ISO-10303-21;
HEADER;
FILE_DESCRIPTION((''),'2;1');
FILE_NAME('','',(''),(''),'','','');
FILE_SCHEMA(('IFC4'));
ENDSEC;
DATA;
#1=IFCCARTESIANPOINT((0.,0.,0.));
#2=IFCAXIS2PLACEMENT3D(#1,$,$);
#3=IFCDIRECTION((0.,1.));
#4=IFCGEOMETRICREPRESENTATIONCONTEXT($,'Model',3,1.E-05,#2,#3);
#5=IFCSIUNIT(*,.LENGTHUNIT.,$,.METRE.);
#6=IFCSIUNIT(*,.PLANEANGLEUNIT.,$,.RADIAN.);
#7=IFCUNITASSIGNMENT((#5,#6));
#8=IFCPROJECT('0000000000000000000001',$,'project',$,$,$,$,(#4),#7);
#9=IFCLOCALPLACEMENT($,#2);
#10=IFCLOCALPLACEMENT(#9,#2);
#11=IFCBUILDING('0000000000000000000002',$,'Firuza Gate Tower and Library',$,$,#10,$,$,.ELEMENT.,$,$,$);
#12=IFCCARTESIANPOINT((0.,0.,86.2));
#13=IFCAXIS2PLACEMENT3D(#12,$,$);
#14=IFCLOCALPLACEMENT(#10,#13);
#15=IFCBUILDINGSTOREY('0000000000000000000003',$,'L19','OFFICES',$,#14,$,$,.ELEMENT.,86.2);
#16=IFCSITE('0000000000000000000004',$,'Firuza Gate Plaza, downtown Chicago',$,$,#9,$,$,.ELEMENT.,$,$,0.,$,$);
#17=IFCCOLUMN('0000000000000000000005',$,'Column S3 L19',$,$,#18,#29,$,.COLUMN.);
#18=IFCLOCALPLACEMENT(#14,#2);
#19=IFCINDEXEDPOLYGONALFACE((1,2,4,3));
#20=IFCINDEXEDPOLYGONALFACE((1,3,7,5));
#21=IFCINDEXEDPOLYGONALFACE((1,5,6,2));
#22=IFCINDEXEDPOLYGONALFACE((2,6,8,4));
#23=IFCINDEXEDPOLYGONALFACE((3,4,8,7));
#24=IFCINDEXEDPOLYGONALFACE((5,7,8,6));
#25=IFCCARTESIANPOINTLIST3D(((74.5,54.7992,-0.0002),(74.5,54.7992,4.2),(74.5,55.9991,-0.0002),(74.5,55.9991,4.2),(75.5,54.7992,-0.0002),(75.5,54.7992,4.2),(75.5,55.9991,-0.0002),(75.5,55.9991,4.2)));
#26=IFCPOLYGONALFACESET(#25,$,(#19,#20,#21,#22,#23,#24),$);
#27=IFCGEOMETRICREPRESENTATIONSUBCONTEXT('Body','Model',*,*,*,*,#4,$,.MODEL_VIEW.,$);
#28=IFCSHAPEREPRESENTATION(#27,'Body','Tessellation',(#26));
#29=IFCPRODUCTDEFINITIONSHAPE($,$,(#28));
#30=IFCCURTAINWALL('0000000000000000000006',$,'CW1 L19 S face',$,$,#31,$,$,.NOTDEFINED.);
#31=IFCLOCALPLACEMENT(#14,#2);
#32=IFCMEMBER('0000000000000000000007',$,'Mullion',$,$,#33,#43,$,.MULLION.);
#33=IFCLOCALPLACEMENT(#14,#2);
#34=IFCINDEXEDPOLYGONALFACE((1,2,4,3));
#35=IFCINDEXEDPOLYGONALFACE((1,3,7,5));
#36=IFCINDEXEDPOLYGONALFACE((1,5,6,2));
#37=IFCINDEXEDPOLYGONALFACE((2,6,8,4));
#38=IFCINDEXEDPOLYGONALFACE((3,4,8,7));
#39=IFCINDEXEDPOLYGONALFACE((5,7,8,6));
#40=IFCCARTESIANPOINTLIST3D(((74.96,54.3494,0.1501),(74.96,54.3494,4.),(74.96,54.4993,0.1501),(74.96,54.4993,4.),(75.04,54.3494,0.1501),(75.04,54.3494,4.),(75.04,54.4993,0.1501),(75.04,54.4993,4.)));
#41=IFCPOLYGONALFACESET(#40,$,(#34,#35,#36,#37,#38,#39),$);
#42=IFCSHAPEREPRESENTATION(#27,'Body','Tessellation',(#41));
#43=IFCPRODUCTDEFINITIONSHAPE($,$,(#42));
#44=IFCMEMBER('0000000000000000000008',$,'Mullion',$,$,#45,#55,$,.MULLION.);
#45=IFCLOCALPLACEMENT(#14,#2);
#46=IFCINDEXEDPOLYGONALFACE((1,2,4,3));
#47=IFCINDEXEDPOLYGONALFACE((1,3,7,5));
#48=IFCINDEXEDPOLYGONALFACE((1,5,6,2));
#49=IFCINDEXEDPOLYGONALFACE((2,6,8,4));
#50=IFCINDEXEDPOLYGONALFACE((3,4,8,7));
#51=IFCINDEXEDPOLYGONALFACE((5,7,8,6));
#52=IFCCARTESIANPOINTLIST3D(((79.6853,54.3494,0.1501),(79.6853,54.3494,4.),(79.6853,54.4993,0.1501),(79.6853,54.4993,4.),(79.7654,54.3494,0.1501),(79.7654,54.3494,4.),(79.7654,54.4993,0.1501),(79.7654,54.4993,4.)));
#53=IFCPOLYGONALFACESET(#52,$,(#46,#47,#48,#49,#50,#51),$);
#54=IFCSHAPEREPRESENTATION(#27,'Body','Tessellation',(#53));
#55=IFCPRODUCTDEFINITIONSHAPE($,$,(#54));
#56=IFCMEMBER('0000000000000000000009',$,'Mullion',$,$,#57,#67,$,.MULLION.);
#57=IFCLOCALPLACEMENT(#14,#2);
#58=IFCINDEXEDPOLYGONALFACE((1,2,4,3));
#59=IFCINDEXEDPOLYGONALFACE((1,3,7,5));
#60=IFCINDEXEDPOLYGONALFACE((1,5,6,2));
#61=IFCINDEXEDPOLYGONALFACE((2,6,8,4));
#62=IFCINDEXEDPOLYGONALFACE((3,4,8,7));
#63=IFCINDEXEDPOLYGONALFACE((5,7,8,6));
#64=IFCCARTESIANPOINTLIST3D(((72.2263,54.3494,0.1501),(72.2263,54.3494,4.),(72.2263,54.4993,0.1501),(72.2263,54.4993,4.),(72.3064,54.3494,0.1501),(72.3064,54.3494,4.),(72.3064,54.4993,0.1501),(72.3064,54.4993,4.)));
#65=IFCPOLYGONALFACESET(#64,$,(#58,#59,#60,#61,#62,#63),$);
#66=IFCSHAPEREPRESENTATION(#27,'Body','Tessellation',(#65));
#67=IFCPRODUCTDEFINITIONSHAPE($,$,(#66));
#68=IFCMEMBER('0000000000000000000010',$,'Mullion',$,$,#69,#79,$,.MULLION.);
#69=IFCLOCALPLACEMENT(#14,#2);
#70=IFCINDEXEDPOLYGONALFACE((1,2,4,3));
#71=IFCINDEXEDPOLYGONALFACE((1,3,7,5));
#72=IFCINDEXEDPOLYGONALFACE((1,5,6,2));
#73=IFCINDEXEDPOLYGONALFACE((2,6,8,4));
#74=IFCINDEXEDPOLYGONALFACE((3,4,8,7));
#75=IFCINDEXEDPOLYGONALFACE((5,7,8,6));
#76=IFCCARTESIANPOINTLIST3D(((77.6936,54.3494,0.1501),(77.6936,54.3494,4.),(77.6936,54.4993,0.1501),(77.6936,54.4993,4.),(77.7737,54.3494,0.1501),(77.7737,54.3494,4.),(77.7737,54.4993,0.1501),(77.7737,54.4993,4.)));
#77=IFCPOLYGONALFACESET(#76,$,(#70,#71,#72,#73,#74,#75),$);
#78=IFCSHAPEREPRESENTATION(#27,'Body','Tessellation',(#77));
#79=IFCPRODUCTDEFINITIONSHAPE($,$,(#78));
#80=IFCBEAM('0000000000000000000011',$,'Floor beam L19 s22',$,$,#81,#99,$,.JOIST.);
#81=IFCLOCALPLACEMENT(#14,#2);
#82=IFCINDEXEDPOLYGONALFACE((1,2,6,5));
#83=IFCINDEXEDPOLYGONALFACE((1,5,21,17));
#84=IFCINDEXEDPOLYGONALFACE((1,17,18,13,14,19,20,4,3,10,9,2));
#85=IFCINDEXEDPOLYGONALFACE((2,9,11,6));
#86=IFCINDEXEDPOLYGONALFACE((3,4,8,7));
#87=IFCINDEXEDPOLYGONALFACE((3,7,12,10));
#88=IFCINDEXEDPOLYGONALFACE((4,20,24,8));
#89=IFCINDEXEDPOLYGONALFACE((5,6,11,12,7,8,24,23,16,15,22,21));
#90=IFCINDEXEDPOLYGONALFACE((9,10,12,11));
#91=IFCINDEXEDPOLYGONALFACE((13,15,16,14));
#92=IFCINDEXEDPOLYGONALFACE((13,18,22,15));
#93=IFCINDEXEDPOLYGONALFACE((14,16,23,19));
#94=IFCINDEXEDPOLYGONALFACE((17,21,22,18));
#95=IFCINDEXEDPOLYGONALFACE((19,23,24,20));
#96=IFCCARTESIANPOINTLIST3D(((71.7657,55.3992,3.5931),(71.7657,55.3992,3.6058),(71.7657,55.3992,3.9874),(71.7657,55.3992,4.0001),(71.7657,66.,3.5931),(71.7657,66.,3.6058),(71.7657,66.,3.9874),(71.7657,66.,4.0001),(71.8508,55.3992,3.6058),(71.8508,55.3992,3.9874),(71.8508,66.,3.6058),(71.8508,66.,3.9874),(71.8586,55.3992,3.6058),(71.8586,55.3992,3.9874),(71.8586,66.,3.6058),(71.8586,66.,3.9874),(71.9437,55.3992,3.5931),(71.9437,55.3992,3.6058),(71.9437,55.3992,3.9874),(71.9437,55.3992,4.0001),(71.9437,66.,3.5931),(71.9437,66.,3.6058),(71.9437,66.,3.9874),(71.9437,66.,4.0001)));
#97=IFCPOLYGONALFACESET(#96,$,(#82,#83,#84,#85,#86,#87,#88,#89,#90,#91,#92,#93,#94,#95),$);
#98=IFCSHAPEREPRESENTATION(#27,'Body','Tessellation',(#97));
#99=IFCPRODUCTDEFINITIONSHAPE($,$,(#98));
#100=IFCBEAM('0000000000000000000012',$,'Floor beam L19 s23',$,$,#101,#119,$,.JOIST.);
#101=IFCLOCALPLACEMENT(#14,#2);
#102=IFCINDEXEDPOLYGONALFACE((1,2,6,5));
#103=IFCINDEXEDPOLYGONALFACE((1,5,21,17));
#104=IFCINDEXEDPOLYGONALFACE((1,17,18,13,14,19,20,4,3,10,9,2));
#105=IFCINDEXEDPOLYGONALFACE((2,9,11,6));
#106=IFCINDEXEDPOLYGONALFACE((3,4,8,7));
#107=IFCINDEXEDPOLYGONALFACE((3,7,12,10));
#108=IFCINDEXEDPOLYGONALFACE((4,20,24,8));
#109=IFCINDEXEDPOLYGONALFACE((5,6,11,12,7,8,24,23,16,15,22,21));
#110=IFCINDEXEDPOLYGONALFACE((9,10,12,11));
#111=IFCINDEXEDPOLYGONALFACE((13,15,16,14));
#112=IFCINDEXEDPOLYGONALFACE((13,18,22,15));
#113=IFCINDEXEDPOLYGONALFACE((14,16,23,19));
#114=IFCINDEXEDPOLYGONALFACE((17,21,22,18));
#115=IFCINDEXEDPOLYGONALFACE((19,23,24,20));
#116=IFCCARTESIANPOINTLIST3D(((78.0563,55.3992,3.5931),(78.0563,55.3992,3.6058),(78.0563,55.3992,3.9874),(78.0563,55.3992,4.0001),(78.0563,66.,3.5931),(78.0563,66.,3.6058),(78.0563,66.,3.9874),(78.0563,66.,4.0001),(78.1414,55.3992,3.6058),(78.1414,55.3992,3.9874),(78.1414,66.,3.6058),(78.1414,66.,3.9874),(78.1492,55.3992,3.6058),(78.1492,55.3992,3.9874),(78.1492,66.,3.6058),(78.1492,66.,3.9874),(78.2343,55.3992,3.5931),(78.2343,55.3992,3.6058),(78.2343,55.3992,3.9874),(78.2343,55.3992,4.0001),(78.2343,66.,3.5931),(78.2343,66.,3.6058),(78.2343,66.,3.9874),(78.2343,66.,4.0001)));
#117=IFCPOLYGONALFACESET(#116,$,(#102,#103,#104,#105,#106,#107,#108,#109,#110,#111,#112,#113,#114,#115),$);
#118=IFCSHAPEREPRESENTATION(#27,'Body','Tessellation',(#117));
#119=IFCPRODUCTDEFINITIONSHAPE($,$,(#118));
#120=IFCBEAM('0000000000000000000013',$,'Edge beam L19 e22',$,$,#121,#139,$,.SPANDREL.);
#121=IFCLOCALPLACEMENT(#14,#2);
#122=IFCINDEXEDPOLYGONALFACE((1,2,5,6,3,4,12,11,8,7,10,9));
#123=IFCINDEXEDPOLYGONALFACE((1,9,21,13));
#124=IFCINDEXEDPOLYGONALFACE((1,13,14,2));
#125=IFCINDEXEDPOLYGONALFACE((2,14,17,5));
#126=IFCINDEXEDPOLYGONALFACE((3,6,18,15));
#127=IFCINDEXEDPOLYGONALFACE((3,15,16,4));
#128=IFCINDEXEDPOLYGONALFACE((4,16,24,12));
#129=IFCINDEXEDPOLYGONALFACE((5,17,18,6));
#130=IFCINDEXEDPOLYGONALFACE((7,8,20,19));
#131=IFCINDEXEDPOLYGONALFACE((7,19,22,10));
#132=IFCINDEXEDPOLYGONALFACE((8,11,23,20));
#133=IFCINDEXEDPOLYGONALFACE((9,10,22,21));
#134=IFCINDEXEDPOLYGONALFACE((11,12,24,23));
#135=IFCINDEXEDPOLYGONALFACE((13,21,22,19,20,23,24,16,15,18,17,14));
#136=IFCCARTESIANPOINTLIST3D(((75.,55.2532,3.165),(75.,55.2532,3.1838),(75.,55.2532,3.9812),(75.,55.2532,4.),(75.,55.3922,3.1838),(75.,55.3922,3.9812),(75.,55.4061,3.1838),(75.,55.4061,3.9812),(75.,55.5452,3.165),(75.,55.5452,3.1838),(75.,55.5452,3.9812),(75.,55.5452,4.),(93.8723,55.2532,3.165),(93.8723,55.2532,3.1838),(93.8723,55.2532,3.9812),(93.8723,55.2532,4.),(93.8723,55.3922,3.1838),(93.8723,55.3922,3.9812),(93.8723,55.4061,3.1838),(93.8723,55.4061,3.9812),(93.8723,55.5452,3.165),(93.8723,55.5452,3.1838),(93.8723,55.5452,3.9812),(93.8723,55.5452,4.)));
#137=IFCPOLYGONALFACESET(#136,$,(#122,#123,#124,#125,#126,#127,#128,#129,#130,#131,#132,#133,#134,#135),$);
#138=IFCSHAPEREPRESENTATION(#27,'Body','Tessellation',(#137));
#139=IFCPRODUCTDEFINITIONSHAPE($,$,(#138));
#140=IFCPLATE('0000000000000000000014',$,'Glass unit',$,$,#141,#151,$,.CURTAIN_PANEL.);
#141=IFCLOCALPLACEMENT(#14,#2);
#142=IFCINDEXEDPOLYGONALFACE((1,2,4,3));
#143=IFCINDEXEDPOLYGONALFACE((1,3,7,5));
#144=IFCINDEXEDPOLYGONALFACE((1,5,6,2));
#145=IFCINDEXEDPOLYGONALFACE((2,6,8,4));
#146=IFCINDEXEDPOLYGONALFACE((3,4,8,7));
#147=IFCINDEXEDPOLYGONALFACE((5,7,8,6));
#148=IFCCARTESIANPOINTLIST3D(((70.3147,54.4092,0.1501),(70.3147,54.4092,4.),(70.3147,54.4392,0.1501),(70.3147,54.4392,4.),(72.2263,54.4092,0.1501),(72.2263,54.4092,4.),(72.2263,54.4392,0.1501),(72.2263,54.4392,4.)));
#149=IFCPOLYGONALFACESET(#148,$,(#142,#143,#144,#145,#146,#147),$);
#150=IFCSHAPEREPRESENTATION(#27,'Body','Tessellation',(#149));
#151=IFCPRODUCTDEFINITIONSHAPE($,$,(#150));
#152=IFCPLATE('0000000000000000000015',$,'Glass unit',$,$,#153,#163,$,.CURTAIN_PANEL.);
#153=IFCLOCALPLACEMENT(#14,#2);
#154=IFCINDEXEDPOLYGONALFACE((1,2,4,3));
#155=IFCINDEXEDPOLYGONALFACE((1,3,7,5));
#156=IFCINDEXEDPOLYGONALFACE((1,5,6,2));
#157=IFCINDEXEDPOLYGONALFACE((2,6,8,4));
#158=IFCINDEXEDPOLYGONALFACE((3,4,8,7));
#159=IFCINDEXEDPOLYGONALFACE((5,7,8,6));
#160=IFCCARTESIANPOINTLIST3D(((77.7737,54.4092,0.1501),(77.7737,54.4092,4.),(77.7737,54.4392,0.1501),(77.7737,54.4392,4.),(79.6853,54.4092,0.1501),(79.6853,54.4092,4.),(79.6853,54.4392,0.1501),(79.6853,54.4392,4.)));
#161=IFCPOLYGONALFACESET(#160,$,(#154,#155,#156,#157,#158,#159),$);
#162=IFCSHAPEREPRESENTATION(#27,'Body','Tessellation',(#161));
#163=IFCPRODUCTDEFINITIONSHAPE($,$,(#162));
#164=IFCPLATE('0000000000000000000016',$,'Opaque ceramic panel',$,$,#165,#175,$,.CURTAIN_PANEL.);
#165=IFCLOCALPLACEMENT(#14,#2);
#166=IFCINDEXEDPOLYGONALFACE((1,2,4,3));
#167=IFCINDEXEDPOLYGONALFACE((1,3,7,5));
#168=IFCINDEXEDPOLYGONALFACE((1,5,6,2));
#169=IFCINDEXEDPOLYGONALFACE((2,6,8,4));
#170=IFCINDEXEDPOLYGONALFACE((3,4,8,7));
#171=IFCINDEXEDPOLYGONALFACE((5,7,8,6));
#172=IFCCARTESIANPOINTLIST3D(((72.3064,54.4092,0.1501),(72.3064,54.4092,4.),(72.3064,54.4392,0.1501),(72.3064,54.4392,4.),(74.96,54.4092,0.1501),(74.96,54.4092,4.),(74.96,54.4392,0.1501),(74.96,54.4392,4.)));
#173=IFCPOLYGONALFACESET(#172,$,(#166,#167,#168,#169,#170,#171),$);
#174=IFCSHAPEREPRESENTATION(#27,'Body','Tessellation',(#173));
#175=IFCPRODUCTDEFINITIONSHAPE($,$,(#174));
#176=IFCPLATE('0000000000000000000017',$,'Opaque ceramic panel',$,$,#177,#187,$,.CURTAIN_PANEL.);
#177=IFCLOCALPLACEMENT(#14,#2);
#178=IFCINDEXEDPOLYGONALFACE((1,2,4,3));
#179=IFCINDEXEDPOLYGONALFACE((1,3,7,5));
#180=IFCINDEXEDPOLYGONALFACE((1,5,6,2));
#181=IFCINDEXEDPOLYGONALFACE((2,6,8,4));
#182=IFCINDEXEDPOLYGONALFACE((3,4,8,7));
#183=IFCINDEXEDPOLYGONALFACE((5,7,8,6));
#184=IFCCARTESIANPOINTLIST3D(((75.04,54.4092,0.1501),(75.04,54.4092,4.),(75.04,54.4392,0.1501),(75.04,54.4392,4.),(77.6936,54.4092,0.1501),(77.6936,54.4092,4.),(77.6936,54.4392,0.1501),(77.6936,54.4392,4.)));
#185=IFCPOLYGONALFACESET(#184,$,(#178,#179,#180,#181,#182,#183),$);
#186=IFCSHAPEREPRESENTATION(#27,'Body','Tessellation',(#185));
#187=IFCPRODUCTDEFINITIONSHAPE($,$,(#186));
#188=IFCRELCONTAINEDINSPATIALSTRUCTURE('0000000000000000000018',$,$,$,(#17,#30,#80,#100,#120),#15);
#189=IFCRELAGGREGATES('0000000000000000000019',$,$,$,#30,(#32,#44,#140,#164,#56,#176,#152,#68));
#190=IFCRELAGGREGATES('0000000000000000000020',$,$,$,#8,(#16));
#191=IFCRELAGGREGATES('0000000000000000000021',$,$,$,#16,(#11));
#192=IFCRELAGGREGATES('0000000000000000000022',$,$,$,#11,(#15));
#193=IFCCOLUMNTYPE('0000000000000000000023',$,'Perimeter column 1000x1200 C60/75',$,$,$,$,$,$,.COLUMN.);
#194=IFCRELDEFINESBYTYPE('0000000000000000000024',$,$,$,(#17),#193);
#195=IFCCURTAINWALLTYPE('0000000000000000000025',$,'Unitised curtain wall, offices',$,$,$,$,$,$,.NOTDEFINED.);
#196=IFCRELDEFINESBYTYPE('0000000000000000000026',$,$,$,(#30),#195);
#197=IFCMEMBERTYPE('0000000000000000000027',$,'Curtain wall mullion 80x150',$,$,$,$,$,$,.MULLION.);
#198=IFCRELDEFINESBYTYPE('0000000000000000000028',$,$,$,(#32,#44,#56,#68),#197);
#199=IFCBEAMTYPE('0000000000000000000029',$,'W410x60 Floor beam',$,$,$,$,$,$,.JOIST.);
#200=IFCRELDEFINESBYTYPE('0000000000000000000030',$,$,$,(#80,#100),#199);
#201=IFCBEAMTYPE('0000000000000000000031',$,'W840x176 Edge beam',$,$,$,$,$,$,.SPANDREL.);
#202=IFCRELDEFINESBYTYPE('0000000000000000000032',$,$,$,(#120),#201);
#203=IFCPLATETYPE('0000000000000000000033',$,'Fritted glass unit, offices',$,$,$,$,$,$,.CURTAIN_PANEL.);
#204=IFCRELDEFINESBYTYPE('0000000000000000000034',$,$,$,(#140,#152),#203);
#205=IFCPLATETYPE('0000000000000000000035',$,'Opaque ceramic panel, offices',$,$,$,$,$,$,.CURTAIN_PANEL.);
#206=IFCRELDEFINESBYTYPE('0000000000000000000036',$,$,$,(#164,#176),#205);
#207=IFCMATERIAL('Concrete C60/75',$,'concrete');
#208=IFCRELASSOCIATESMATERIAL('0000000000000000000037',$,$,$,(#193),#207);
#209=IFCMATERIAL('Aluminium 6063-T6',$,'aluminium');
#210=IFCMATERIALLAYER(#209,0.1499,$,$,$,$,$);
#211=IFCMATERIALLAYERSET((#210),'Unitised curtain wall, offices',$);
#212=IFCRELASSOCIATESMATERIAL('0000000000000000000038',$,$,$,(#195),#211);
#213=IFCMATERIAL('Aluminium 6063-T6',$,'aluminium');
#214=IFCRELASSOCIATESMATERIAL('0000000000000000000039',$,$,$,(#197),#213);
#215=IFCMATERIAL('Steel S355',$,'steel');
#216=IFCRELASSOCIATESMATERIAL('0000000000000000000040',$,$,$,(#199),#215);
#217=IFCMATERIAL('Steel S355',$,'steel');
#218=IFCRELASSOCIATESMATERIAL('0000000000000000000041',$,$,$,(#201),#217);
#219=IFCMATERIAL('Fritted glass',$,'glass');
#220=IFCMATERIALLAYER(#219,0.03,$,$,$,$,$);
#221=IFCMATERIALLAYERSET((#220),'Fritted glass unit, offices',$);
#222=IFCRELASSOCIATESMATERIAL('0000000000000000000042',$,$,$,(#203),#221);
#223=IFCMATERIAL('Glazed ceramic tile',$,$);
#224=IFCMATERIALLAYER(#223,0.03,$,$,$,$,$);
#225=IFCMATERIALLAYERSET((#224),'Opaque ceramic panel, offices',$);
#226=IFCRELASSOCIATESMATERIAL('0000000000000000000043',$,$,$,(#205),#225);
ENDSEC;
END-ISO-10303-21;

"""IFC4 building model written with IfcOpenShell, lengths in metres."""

from ifc_helpers import new_model, si_unit, direction, frame, origin, origin_2d, place, context, subcontext, project, spatial, polyline, rectangle, i_section, outline, extrude, material, layer, layer_set, material_profile, profile_set, type_object, element, aggregate, save


model = new_model("IFC4")

# Units and contexts
model_context = context("Model", 3, precision=1e-05, world=origin(), true_north=direction((0.0, 1.0)))
body_context = subcontext(model_context, "Body", "Model", "MODEL_VIEW")
ifc_project = project(units=[si_unit("LENGTHUNIT", "METRE"), si_unit("PLANEANGLEUNIT", "RADIAN")], contexts=[model_context])

# Site, building, storey
site_placement = place(None, origin())
site = spatial("IfcSite", under=ifc_project, at=site_placement, Name="Firuza Gate Plaza, downtown Chicago", CompositionType="ELEMENT", RefElevation=0.0)
building_placement = place(site_placement, origin())
building = spatial("IfcBuilding", under=site, at=building_placement, Name="Firuza Gate Tower and Library", CompositionType="ELEMENT")
storey_placement = place(building_placement, frame((0.0, 0.0, 86.2)))
storey = spatial("IfcBuildingStorey", under=building, at=storey_placement, Name="L19", Description="OFFICES", CompositionType="ELEMENT", Elevation=86.2)

# Column
ifc_material_1 = material(Name="Concrete C60/75", Category="concrete")
ifc_material_profile_1 = material_profile(ifc_material_1, rectangle(XDim=1.0, YDim=1.2, at=origin_2d()))
ifc_profile_set_1 = profile_set([ifc_material_profile_1], Name="Concrete C60/75")
column_type = type_object("IfcColumnType", Name="Perimeter column 1000x1200 C60/75", PredefinedType="COLUMN", material=ifc_profile_set_1)
column_placement = place(storey_placement, frame((75.0, 55.3992, -0.0002), z_axis=(0.0, 0.0, 1.0), x_axis=(1.0, 0.0, 0.0)))
element("IfcColumn", 1, at=column_placement, inside=storey, type_object=column_type, Name="Column S3 L19", PredefinedType="COLUMN", context=body_context, shape_type="SweptSolid", body=[
    extrude(rectangle(XDim=1.0, YDim=1.2, at=origin_2d()), origin(), (0.0, 0.0, 1.0), 4.2002),
])

# Curtain wall, members
ifc_material_2 = material(Name="Aluminium 6063-T6", Category="aluminium")
ifc_layer_1 = layer(ifc_material_2, 0.1499)
ifc_layer_set_1 = layer_set([ifc_layer_1], Name="Unitised curtain wall, offices")
curtain_wall_type = type_object("IfcCurtainWallType", Name="Unitised curtain wall, offices", PredefinedType="NOTDEFINED", material=ifc_layer_set_1)
curtain_wall_placement = place(storey_placement, origin())
curtain_wall = element("IfcCurtainWall", 2, at=curtain_wall_placement, inside=storey, type_object=curtain_wall_type, Name="CW1 L19 S face", PredefinedType="NOTDEFINED")
ifc_material_3 = material(Name="Aluminium 6063-T6", Category="aluminium")
ifc_material_profile_2 = material_profile(ifc_material_3, rectangle(XDim=0.1499, YDim=0.0801, at=origin_2d()))
ifc_profile_set_2 = profile_set([ifc_material_profile_2], Name="Aluminium 6063-T6")
member_type = type_object("IfcMemberType", Name="Curtain wall mullion 80x150", PredefinedType="MULLION", material=ifc_profile_set_2)
member_1_placement = place(storey_placement, frame((75.0, 54.4243, 0.1501), z_axis=(0.0, 0.0, 1.0), x_axis=(0.0, 1.0, 0.0)))
member_1 = element("IfcMember", 3, at=member_1_placement, type_object=member_type, Name="Mullion", PredefinedType="MULLION", context=body_context, shape_type="SweptSolid", body=[
    extrude(rectangle(XDim=0.1499, YDim=0.0801, at=origin_2d()), origin(), (0.0, 0.0, 1.0), 3.8499),
])
member_2_placement = place(storey_placement, frame((79.7253, 54.4243, 0.1501), z_axis=(0.0, 0.0, 1.0), x_axis=(0.0, 1.0, 0.0)))
member_2 = element("IfcMember", 4, at=member_2_placement, type_object=member_type, Name="Mullion", PredefinedType="MULLION", context=body_context, shape_type="SweptSolid", body=[
    extrude(rectangle(XDim=0.1499, YDim=0.0801, at=origin_2d()), origin(), (0.0, 0.0, 1.0), 3.8499),
])
member_3_placement = place(storey_placement, frame((72.2664, 54.4243, 0.1501), z_axis=(0.0, 0.0, 1.0), x_axis=(0.0, 1.0, 0.0)))
member_3 = element("IfcMember", 5, at=member_3_placement, type_object=member_type, Name="Mullion", PredefinedType="MULLION", context=body_context, shape_type="SweptSolid", body=[
    extrude(rectangle(XDim=0.1499, YDim=0.0801, at=origin_2d()), origin(), (0.0, 0.0, 1.0), 3.8499),
])
member_4_placement = place(storey_placement, frame((77.7336, 54.4243, 0.1501), z_axis=(0.0, 0.0, 1.0), x_axis=(0.0, 1.0, 0.0)))
member_4 = element("IfcMember", 6, at=member_4_placement, type_object=member_type, Name="Mullion", PredefinedType="MULLION", context=body_context, shape_type="SweptSolid", body=[
    extrude(rectangle(XDim=0.1499, YDim=0.0801, at=origin_2d()), origin(), (0.0, 0.0, 1.0), 3.8499),
])

# Beams
ifc_material_4 = material(Name="Steel S355", Category="steel")
ifc_material_profile_3 = material_profile(ifc_material_4, i_section(OverallWidth=0.178, OverallDepth=0.407, WebThickness=0.0078, FlangeThickness=0.0127, at=origin_2d()))
ifc_profile_set_3 = profile_set([ifc_material_profile_3], Name="Steel S355")
beam_type_1 = type_object("IfcBeamType", Name="W410x60 Floor beam", PredefinedType="JOIST", material=ifc_profile_set_3)
for number, where, z_axis, x_axis, name in (
    (7, (71.8547, 55.3992, 3.7966), (0.0, 1.0, 0.0), (-1.0, 0.0, 0.0), "Floor beam L19 s22"),
    (8, (78.1453, 55.3992, 3.7966), (0.0, 1.0, 0.0), (-1.0, 0.0, 0.0), "Floor beam L19 s23"),
):
    element("IfcBeam", number, at=place(storey_placement, frame(where, z_axis=z_axis, x_axis=x_axis)), inside=storey, type_object=beam_type_1, Name=name, PredefinedType="JOIST", context=body_context, shape_type="SweptSolid", body=[
        extrude(i_section(OverallWidth=0.178, OverallDepth=0.407, WebThickness=0.0078, FlangeThickness=0.0127, at=origin_2d()), origin(), (0.0, 0.0, 1.0), 10.6008),
    ])
ifc_material_5 = material(Name="Steel S355", Category="steel")
ifc_material_profile_4 = material_profile(ifc_material_5, i_section(OverallWidth=0.292, OverallDepth=0.835, WebThickness=0.0139, FlangeThickness=0.0188, at=origin_2d()))
ifc_profile_set_4 = profile_set([ifc_material_profile_4], Name="Steel S355")
beam_type_2 = type_object("IfcBeamType", Name="W840x176 Edge beam", PredefinedType="SPANDREL", material=ifc_profile_set_4)
beam_placement = place(storey_placement, frame((75.0, 55.3992, 3.5825), z_axis=(1.0, 0.0, 0.0), x_axis=(0.0, 1.0, 0.0)))
element("IfcBeam", 9, at=beam_placement, inside=storey, type_object=beam_type_2, Name="Edge beam L19 e22", PredefinedType="SPANDREL", context=body_context, shape_type="SweptSolid", body=[
    extrude(i_section(OverallWidth=0.292, OverallDepth=0.835, WebThickness=0.0139, FlangeThickness=0.0188, at=origin_2d()), origin(), (0.0, 0.0, 1.0), 18.8723),
])

# Plates
ifc_material_6 = material(Name="Fritted glass", Category="glass")
ifc_layer_2 = layer(ifc_material_6, 0.03)
ifc_layer_set_2 = layer_set([ifc_layer_2], Name="Fritted glass unit, offices")
plate_type_1 = type_object("IfcPlateType", Name="Fritted glass unit, offices", PredefinedType="CURTAIN_PANEL", material=ifc_layer_set_2)
plate_1_placement = place(storey_placement, frame((70.3147, 54.4092, 0.1501), z_axis=(0.0, -1.0, 0.0), x_axis=(1.0, 0.0, 0.0)))
plate_1 = element("IfcPlate", 10, at=plate_1_placement, type_object=plate_type_1, Name="Glass unit", PredefinedType="CURTAIN_PANEL", context=body_context, shape_type="SweptSolid", body=[
    extrude(outline(polyline([(0.0, 0.0), (1.9116, 0.0), (1.9116, 3.8499), (0.0, 3.8499), (0.0, 0.0)])), origin(), (0.0, 0.0, -1.0), 0.03),
])
plate_2_placement = place(storey_placement, frame((77.7737, 54.4092, 0.1501), z_axis=(0.0, -1.0, 0.0), x_axis=(1.0, 0.0, 0.0)))
plate_2 = element("IfcPlate", 11, at=plate_2_placement, type_object=plate_type_1, Name="Glass unit", PredefinedType="CURTAIN_PANEL", context=body_context, shape_type="SweptSolid", body=[
    extrude(outline(polyline([(0.0, 0.0), (1.9116, 0.0), (1.9116, 3.8499), (0.0, 3.8499), (0.0, 0.0)])), origin(), (0.0, 0.0, -1.0), 0.03),
])
ifc_material_7 = material(Name="Glazed ceramic tile")
ifc_layer_3 = layer(ifc_material_7, 0.03)
ifc_layer_set_3 = layer_set([ifc_layer_3], Name="Opaque ceramic panel, offices")
plate_type_2 = type_object("IfcPlateType", Name="Opaque ceramic panel, offices", PredefinedType="CURTAIN_PANEL", material=ifc_layer_set_3)
plate_3_placement = place(storey_placement, frame((72.3064, 54.4092, 0.1501), z_axis=(0.0, -1.0, 0.0), x_axis=(1.0, 0.0, 0.0)))
plate_3 = element("IfcPlate", 12, at=plate_3_placement, type_object=plate_type_2, Name="Opaque ceramic panel", PredefinedType="CURTAIN_PANEL", context=body_context, shape_type="SweptSolid", body=[
    extrude(outline(polyline([(0.0, 0.0), (2.6536, 0.0), (2.6536, 3.8499), (0.0, 3.8499), (0.0, 0.0)])), origin(), (0.0, 0.0, -1.0), 0.03),
])
plate_4_placement = place(storey_placement, frame((75.04, 54.4092, 0.1501), z_axis=(0.0, -1.0, 0.0), x_axis=(1.0, 0.0, 0.0)))
plate_4 = element("IfcPlate", 13, at=plate_4_placement, type_object=plate_type_2, Name="Opaque ceramic panel", PredefinedType="CURTAIN_PANEL", context=body_context, shape_type="SweptSolid", body=[
    extrude(outline(polyline([(0.0, 0.0), (2.6536, 0.0), (2.6536, 3.8499), (0.0, 3.8499), (0.0, 0.0)])), origin(), (0.0, 0.0, -1.0), 0.03),
])
aggregate(curtain_wall, [member_1, member_2, plate_1, plate_3, member_3, plate_4, plate_2, member_4])

save(model, "model.ifc")
